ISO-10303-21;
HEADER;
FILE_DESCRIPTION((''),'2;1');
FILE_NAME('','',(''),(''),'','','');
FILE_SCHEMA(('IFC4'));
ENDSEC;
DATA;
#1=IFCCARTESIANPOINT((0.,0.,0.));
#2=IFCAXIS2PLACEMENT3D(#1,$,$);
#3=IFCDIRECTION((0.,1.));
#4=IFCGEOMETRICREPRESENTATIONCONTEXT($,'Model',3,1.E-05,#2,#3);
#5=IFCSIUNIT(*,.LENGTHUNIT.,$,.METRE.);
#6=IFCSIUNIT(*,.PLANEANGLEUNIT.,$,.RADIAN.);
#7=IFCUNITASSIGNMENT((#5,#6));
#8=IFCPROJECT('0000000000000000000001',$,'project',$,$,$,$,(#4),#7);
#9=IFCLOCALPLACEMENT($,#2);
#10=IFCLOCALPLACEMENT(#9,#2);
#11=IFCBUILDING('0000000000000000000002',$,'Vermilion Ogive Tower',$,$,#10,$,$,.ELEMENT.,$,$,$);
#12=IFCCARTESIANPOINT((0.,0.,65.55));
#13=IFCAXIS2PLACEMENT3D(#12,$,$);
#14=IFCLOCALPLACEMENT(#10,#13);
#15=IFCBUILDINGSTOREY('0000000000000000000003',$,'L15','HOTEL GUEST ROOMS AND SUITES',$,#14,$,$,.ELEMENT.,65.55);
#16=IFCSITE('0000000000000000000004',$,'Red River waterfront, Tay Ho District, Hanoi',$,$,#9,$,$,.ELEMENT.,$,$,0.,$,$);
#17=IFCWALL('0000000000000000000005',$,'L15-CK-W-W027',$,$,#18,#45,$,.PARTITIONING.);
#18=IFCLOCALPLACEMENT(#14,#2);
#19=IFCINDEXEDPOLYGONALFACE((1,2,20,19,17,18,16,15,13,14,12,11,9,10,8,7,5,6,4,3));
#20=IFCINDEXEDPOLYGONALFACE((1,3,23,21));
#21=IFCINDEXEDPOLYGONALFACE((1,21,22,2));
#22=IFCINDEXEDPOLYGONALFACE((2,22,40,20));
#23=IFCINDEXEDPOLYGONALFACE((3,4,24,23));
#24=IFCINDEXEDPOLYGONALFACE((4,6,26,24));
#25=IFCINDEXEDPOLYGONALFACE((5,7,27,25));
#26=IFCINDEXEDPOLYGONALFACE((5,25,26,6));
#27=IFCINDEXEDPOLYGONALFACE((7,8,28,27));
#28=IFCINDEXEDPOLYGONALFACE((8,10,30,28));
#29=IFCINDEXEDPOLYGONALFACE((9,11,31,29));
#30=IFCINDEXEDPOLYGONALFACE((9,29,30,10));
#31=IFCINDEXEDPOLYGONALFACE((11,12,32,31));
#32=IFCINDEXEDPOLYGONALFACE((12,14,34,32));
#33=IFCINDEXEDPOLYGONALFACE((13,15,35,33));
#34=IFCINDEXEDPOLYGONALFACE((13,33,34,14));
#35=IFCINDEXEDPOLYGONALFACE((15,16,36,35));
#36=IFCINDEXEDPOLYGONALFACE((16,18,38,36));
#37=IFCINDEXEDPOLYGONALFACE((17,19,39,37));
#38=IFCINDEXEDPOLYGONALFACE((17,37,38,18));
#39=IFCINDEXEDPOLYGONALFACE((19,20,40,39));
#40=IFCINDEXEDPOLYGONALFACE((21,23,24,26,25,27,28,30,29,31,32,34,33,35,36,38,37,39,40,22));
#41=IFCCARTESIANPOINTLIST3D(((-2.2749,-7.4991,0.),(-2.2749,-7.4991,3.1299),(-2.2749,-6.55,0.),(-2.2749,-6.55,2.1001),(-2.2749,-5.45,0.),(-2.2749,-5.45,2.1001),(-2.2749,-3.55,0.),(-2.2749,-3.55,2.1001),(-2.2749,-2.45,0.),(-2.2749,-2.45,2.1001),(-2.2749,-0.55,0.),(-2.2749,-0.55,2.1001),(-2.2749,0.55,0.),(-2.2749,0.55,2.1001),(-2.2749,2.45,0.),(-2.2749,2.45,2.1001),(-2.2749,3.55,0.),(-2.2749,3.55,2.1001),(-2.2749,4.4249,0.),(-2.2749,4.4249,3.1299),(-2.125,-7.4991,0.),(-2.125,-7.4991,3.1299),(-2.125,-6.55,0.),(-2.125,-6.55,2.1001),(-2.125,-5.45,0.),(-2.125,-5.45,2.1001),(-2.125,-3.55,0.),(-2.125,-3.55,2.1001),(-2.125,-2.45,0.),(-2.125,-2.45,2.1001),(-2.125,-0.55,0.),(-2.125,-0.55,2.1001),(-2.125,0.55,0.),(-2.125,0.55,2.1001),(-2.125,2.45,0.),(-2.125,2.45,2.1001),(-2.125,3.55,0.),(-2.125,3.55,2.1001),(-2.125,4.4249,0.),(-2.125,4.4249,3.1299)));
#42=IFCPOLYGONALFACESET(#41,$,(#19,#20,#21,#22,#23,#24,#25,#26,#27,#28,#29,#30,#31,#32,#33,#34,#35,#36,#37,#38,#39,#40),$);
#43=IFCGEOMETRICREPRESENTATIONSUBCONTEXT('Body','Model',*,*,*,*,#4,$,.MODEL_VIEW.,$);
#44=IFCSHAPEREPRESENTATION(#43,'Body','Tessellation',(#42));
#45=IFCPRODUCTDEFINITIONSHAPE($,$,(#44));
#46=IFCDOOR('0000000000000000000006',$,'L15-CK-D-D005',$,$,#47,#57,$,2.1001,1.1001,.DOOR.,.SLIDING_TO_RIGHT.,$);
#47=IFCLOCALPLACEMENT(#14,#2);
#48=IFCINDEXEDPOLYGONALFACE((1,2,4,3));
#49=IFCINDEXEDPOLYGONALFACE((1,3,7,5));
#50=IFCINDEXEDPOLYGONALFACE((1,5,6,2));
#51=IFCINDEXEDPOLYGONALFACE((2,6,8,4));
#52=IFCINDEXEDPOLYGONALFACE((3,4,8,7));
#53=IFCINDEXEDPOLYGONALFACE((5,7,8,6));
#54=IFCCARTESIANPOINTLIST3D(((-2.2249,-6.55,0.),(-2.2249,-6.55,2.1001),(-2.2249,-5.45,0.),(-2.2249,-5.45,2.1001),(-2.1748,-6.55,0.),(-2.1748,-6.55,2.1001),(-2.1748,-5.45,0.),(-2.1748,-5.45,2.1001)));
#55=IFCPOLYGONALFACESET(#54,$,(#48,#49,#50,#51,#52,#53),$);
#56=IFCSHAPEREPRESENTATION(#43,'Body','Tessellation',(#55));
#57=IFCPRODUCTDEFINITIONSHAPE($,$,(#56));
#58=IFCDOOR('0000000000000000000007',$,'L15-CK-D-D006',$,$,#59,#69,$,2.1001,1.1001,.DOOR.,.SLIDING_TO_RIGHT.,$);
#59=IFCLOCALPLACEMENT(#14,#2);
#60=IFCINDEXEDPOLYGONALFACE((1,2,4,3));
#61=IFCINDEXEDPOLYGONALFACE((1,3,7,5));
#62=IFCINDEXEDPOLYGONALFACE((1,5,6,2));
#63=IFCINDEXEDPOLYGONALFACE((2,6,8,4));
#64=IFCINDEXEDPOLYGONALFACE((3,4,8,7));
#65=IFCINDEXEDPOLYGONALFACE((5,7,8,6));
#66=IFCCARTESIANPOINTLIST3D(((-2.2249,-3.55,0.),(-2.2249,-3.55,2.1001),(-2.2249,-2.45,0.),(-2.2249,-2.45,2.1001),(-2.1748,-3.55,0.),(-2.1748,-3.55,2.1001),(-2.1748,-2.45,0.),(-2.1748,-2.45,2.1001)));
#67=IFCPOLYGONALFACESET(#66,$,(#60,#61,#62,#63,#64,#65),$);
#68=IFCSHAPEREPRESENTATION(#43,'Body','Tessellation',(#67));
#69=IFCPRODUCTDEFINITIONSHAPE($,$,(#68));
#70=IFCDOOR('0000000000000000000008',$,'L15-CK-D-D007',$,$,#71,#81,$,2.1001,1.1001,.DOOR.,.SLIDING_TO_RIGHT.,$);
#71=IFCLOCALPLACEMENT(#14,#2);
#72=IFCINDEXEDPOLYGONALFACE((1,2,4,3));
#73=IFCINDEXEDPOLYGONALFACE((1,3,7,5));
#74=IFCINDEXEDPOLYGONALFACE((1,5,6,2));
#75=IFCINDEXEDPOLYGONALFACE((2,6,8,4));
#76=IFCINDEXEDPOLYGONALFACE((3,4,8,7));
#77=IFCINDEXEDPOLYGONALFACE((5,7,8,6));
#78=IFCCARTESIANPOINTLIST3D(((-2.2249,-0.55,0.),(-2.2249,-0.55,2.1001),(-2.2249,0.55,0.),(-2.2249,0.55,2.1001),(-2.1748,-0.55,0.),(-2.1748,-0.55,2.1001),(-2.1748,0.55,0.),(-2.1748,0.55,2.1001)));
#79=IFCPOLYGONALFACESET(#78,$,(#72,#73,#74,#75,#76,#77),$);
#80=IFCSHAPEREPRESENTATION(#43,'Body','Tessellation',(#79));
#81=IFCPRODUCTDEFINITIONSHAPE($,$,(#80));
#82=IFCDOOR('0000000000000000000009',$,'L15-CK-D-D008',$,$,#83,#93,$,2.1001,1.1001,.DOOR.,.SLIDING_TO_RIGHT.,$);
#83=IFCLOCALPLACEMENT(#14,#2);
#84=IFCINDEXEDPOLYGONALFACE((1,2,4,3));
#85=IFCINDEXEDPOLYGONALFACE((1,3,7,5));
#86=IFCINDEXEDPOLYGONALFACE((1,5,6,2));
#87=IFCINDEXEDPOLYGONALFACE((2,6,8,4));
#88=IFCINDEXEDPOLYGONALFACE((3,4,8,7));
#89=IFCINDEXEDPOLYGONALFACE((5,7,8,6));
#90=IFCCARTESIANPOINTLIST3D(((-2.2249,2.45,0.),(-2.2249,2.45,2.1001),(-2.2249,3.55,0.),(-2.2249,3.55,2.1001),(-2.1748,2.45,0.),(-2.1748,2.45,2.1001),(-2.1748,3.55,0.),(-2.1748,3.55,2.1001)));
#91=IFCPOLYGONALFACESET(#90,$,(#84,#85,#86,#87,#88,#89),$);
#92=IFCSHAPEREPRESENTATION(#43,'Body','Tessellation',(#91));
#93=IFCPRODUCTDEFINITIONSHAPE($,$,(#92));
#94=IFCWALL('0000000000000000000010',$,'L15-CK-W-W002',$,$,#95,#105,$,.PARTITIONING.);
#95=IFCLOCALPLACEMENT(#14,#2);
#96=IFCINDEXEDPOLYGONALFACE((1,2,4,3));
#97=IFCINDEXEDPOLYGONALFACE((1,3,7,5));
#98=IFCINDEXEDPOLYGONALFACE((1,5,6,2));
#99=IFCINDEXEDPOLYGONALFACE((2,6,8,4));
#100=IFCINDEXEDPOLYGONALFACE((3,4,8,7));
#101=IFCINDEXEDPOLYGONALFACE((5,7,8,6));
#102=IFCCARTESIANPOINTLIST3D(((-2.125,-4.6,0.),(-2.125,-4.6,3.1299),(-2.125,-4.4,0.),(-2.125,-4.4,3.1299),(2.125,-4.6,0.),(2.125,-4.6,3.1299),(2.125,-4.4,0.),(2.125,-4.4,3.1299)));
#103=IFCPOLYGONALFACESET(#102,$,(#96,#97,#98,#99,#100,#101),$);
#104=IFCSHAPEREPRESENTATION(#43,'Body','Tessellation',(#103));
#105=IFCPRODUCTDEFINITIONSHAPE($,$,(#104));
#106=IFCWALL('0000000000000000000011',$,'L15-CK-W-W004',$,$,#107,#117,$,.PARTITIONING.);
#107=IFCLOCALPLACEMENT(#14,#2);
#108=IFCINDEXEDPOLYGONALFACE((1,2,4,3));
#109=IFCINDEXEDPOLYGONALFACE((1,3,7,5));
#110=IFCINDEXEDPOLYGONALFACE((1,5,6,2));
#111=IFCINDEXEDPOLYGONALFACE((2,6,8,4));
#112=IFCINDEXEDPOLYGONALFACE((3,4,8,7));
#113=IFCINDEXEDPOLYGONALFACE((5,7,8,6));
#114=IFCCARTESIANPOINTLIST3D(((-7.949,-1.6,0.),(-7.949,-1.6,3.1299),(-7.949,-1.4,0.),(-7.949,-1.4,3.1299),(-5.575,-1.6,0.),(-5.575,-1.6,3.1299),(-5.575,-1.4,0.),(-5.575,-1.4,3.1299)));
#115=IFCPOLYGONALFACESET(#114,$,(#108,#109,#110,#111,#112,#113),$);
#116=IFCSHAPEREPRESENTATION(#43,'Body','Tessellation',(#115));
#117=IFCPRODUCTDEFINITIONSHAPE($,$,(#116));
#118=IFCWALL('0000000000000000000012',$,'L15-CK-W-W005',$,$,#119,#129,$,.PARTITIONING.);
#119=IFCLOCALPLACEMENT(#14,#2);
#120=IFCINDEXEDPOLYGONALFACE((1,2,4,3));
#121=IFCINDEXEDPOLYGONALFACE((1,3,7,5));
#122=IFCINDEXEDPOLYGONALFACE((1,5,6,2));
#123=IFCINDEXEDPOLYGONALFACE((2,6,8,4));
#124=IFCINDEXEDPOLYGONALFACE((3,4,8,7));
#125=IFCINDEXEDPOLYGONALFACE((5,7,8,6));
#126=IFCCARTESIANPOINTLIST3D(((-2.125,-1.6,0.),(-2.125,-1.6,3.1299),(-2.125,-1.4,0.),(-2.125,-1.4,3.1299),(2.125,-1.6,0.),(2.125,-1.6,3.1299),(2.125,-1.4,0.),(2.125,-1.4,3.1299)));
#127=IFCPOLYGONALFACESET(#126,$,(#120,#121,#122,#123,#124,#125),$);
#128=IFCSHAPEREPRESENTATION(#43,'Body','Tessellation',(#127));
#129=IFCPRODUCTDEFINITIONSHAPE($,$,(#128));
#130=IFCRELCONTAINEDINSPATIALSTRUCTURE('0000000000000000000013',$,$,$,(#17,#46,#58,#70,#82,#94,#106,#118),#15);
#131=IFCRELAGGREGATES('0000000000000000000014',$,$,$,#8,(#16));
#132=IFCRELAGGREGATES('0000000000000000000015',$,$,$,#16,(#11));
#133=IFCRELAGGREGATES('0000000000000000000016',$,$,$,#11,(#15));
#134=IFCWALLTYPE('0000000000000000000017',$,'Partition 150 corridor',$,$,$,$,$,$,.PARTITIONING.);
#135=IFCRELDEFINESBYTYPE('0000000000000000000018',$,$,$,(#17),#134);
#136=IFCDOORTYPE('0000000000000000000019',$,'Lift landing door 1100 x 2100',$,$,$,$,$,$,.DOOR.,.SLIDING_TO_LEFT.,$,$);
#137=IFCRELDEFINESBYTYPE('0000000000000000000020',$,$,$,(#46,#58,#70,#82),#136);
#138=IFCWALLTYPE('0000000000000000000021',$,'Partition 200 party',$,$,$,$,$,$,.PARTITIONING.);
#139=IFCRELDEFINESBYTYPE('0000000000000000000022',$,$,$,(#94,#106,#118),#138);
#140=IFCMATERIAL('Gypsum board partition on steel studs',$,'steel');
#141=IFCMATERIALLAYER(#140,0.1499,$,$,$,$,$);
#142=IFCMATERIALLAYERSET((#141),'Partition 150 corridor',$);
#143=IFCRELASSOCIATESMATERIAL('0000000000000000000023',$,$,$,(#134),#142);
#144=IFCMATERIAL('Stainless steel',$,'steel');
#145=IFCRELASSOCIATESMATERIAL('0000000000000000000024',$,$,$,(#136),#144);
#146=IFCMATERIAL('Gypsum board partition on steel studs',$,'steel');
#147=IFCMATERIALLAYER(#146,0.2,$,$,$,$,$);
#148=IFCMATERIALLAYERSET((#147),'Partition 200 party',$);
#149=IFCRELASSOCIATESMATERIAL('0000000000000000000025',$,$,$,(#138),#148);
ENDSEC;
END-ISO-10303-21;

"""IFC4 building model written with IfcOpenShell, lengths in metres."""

from ifc_helpers import new_model, si_unit, direction, frame, frame_2d, origin, place, context, subcontext, project, spatial, rectangle, extrude, material, layer, layer_set, type_object, element, fill, save


model = new_model("IFC4")

# Units and contexts
model_context = context("Model", 3, precision=1e-05, world=origin(), true_north=direction((0.0, 1.0)))
body_context = subcontext(model_context, "Body", "Model", "MODEL_VIEW")
ifc_project = project(units=[si_unit("LENGTHUNIT", "METRE"), si_unit("PLANEANGLEUNIT", "RADIAN")], contexts=[model_context])

# Site, building, storey
site_placement = place(None, origin())
site = spatial("IfcSite", under=ifc_project, at=site_placement, Name="Red River waterfront, Tay Ho District, Hanoi", CompositionType="ELEMENT", RefElevation=0.0)
building_placement = place(site_placement, origin())
building = spatial("IfcBuilding", under=site, at=building_placement, Name="Vermilion Ogive Tower", CompositionType="ELEMENT")
storey_placement = place(building_placement, frame((0.0, 0.0, 65.55)))
storey = spatial("IfcBuildingStorey", under=building, at=storey_placement, Name="L15", Description="HOTEL GUEST ROOMS AND SUITES", CompositionType="ELEMENT", Elevation=65.55)

# Wall, openings, doors
ifc_material_1 = material(Name="Gypsum board partition on steel studs", Category="steel")
ifc_layer_1 = layer(ifc_material_1, 0.1499)
ifc_layer_set_1 = layer_set([ifc_layer_1], Name="Partition 150 corridor")
wall_type_1 = type_object("IfcWallType", Name="Partition 150 corridor", PredefinedType="PARTITIONING", material=ifc_layer_set_1)
ifc_material_2 = material(Name="Stainless steel", Category="steel")
door_type = type_object("IfcDoorType", Name="Lift landing door 1100 x 2100", OperationType="SLIDING_TO_LEFT", PredefinedType="DOOR", material=ifc_material_2)
wall_1_placement = place(storey_placement, frame((-2.2, -7.499, 0.0), z_axis=(0.0, 0.0, 1.0), x_axis=(0.0, 1.0, 0.0)))
wall_1 = element("IfcWall", 1, at=wall_1_placement, inside=storey, type_object=wall_type_1, Name="L15-CK-W-W027", PredefinedType="PARTITIONING", context=body_context, shape_type="SweptSolid", body=[
    extrude(rectangle(XDim=11.9241, YDim=0.1499, at=frame_2d((5.9619, 0.0))), origin(), (0.0, 0.0, 1.0), 3.1299),
])
opening_1_placement = place(wall_1_placement, frame((0.949, 0.0, 0.0)))
opening_1 = element("IfcOpeningElement", 2, at=opening_1_placement, cuts=wall_1, PredefinedType="OPENING", context=body_context, shape_type="SweptSolid", body=[
    extrude(rectangle(XDim=1.1001, YDim=2.1001, at=frame_2d((0.55, 1.05))), frame((0.0, 0.085, 0.0), z_axis=(0.0, -1.0, 0.0), x_axis=(1.0, 0.0, 0.0)), (0.0, 0.0, 1.0), 0.1699),
])
opening_2_placement = place(wall_1_placement, frame((3.949, 0.0, 0.0)))
opening_2 = element("IfcOpeningElement", 3, at=opening_2_placement, cuts=wall_1, PredefinedType="OPENING", context=body_context, shape_type="SweptSolid", body=[
    extrude(rectangle(XDim=1.1001, YDim=2.1001, at=frame_2d((0.55, 1.05))), frame((0.0, 0.085, 0.0), z_axis=(0.0, -1.0, 0.0), x_axis=(1.0, 0.0, 0.0)), (0.0, 0.0, 1.0), 0.1699),
])
opening_3_placement = place(wall_1_placement, frame((6.949, 0.0, 0.0)))
opening_3 = element("IfcOpeningElement", 4, at=opening_3_placement, cuts=wall_1, PredefinedType="OPENING", context=body_context, shape_type="SweptSolid", body=[
    extrude(rectangle(XDim=1.1001, YDim=2.1001, at=frame_2d((0.55, 1.05))), frame((0.0, 0.085, 0.0), z_axis=(0.0, -1.0, 0.0), x_axis=(1.0, 0.0, 0.0)), (0.0, 0.0, 1.0), 0.1699),
])
opening_4_placement = place(wall_1_placement, frame((9.949, 0.0, 0.0)))
opening_4 = element("IfcOpeningElement", 5, at=opening_4_placement, cuts=wall_1, PredefinedType="OPENING", context=body_context, shape_type="SweptSolid", body=[
    extrude(rectangle(XDim=1.1001, YDim=2.1001, at=frame_2d((0.55, 1.05))), frame((0.0, 0.085, 0.0), z_axis=(0.0, -1.0, 0.0), x_axis=(1.0, 0.0, 0.0)), (0.0, 0.0, 1.0), 0.1699),
])
door_1_placement = place(opening_1_placement, origin())
door_1 = element("IfcDoor", 6, at=door_1_placement, inside=storey, type_object=door_type, Name="L15-CK-D-D005", OperationType="SLIDING_TO_RIGHT", OverallHeight=2.1001, OverallWidth=1.1001, PredefinedType="DOOR", context=body_context, shape_type="SweptSolid", body=[
    extrude(rectangle(XDim=1.1001, YDim=2.1001, at=frame_2d((0.55, 1.05))), frame((0.0, 0.0249, 0.0), z_axis=(0.0, -1.0, 0.0), x_axis=(1.0, 0.0, 0.0)), (0.0, 0.0, 1.0), 0.05),
])
fill(opening_1, door_1)
door_2_placement = place(opening_2_placement, origin())
door_2 = element("IfcDoor", 7, at=door_2_placement, inside=storey, type_object=door_type, Name="L15-CK-D-D006", OperationType="SLIDING_TO_RIGHT", OverallHeight=2.1001, OverallWidth=1.1001, PredefinedType="DOOR", context=body_context, shape_type="SweptSolid", body=[
    extrude(rectangle(XDim=1.1001, YDim=2.1001, at=frame_2d((0.55, 1.05))), frame((0.0, 0.0249, 0.0), z_axis=(0.0, -1.0, 0.0), x_axis=(1.0, 0.0, 0.0)), (0.0, 0.0, 1.0), 0.05),
])
fill(opening_2, door_2)
door_3_placement = place(opening_3_placement, origin())
door_3 = element("IfcDoor", 8, at=door_3_placement, inside=storey, type_object=door_type, Name="L15-CK-D-D007", OperationType="SLIDING_TO_RIGHT", OverallHeight=2.1001, OverallWidth=1.1001, PredefinedType="DOOR", context=body_context, shape_type="SweptSolid", body=[
    extrude(rectangle(XDim=1.1001, YDim=2.1001, at=frame_2d((0.55, 1.05))), frame((0.0, 0.0249, 0.0), z_axis=(0.0, -1.0, 0.0), x_axis=(1.0, 0.0, 0.0)), (0.0, 0.0, 1.0), 0.05),
])
fill(opening_3, door_3)
door_4_placement = place(opening_4_placement, origin())
door_4 = element("IfcDoor", 9, at=door_4_placement, inside=storey, type_object=door_type, Name="L15-CK-D-D008", OperationType="SLIDING_TO_RIGHT", OverallHeight=2.1001, OverallWidth=1.1001, PredefinedType="DOOR", context=body_context, shape_type="SweptSolid", body=[
    extrude(rectangle(XDim=1.1001, YDim=2.1001, at=frame_2d((0.55, 1.05))), frame((0.0, 0.0249, 0.0), z_axis=(0.0, -1.0, 0.0), x_axis=(1.0, 0.0, 0.0)), (0.0, 0.0, 1.0), 0.05),
])
fill(opening_4, door_4)

# Walls
ifc_material_3 = material(Name="Gypsum board partition on steel studs", Category="steel")
ifc_layer_2 = layer(ifc_material_3, 0.2)
ifc_layer_set_2 = layer_set([ifc_layer_2], Name="Partition 200 party")
wall_type_2 = type_object("IfcWallType", Name="Partition 200 party", PredefinedType="PARTITIONING", material=ifc_layer_set_2)
wall_2_placement = place(storey_placement, frame((-2.125, -4.5, 0.0), z_axis=(0.0, 0.0, 1.0), x_axis=(1.0, 0.0, 0.0)))
element("IfcWall", 10, at=wall_2_placement, inside=storey, type_object=wall_type_2, Name="L15-CK-W-W002", PredefinedType="PARTITIONING", context=body_context, shape_type="SweptSolid", body=[
    extrude(rectangle(XDim=4.25, YDim=0.2, at=frame_2d((2.125, 0.0))), origin(), (0.0, 0.0, 1.0), 3.1299),
])
wall_3_placement = place(storey_placement, frame((-7.949, -1.5, 0.0), z_axis=(0.0, 0.0, 1.0), x_axis=(1.0, 0.0, 0.0)))
element("IfcWall", 11, at=wall_3_placement, inside=storey, type_object=wall_type_2, Name="L15-CK-W-W004", PredefinedType="PARTITIONING", context=body_context, shape_type="SweptSolid", body=[
    extrude(rectangle(XDim=2.374, YDim=0.2, at=frame_2d((1.187, 0.0))), origin(), (0.0, 0.0, 1.0), 3.1299),
])
wall_4_placement = place(storey_placement, frame((-2.125, -1.5, 0.0), z_axis=(0.0, 0.0, 1.0), x_axis=(1.0, 0.0, 0.0)))
element("IfcWall", 12, at=wall_4_placement, inside=storey, type_object=wall_type_2, Name="L15-CK-W-W005", PredefinedType="PARTITIONING", context=body_context, shape_type="SweptSolid", body=[
    extrude(rectangle(XDim=4.25, YDim=0.2, at=frame_2d((2.125, 0.0))), origin(), (0.0, 0.0, 1.0), 3.1299),
])

save(model, "model.ifc")
